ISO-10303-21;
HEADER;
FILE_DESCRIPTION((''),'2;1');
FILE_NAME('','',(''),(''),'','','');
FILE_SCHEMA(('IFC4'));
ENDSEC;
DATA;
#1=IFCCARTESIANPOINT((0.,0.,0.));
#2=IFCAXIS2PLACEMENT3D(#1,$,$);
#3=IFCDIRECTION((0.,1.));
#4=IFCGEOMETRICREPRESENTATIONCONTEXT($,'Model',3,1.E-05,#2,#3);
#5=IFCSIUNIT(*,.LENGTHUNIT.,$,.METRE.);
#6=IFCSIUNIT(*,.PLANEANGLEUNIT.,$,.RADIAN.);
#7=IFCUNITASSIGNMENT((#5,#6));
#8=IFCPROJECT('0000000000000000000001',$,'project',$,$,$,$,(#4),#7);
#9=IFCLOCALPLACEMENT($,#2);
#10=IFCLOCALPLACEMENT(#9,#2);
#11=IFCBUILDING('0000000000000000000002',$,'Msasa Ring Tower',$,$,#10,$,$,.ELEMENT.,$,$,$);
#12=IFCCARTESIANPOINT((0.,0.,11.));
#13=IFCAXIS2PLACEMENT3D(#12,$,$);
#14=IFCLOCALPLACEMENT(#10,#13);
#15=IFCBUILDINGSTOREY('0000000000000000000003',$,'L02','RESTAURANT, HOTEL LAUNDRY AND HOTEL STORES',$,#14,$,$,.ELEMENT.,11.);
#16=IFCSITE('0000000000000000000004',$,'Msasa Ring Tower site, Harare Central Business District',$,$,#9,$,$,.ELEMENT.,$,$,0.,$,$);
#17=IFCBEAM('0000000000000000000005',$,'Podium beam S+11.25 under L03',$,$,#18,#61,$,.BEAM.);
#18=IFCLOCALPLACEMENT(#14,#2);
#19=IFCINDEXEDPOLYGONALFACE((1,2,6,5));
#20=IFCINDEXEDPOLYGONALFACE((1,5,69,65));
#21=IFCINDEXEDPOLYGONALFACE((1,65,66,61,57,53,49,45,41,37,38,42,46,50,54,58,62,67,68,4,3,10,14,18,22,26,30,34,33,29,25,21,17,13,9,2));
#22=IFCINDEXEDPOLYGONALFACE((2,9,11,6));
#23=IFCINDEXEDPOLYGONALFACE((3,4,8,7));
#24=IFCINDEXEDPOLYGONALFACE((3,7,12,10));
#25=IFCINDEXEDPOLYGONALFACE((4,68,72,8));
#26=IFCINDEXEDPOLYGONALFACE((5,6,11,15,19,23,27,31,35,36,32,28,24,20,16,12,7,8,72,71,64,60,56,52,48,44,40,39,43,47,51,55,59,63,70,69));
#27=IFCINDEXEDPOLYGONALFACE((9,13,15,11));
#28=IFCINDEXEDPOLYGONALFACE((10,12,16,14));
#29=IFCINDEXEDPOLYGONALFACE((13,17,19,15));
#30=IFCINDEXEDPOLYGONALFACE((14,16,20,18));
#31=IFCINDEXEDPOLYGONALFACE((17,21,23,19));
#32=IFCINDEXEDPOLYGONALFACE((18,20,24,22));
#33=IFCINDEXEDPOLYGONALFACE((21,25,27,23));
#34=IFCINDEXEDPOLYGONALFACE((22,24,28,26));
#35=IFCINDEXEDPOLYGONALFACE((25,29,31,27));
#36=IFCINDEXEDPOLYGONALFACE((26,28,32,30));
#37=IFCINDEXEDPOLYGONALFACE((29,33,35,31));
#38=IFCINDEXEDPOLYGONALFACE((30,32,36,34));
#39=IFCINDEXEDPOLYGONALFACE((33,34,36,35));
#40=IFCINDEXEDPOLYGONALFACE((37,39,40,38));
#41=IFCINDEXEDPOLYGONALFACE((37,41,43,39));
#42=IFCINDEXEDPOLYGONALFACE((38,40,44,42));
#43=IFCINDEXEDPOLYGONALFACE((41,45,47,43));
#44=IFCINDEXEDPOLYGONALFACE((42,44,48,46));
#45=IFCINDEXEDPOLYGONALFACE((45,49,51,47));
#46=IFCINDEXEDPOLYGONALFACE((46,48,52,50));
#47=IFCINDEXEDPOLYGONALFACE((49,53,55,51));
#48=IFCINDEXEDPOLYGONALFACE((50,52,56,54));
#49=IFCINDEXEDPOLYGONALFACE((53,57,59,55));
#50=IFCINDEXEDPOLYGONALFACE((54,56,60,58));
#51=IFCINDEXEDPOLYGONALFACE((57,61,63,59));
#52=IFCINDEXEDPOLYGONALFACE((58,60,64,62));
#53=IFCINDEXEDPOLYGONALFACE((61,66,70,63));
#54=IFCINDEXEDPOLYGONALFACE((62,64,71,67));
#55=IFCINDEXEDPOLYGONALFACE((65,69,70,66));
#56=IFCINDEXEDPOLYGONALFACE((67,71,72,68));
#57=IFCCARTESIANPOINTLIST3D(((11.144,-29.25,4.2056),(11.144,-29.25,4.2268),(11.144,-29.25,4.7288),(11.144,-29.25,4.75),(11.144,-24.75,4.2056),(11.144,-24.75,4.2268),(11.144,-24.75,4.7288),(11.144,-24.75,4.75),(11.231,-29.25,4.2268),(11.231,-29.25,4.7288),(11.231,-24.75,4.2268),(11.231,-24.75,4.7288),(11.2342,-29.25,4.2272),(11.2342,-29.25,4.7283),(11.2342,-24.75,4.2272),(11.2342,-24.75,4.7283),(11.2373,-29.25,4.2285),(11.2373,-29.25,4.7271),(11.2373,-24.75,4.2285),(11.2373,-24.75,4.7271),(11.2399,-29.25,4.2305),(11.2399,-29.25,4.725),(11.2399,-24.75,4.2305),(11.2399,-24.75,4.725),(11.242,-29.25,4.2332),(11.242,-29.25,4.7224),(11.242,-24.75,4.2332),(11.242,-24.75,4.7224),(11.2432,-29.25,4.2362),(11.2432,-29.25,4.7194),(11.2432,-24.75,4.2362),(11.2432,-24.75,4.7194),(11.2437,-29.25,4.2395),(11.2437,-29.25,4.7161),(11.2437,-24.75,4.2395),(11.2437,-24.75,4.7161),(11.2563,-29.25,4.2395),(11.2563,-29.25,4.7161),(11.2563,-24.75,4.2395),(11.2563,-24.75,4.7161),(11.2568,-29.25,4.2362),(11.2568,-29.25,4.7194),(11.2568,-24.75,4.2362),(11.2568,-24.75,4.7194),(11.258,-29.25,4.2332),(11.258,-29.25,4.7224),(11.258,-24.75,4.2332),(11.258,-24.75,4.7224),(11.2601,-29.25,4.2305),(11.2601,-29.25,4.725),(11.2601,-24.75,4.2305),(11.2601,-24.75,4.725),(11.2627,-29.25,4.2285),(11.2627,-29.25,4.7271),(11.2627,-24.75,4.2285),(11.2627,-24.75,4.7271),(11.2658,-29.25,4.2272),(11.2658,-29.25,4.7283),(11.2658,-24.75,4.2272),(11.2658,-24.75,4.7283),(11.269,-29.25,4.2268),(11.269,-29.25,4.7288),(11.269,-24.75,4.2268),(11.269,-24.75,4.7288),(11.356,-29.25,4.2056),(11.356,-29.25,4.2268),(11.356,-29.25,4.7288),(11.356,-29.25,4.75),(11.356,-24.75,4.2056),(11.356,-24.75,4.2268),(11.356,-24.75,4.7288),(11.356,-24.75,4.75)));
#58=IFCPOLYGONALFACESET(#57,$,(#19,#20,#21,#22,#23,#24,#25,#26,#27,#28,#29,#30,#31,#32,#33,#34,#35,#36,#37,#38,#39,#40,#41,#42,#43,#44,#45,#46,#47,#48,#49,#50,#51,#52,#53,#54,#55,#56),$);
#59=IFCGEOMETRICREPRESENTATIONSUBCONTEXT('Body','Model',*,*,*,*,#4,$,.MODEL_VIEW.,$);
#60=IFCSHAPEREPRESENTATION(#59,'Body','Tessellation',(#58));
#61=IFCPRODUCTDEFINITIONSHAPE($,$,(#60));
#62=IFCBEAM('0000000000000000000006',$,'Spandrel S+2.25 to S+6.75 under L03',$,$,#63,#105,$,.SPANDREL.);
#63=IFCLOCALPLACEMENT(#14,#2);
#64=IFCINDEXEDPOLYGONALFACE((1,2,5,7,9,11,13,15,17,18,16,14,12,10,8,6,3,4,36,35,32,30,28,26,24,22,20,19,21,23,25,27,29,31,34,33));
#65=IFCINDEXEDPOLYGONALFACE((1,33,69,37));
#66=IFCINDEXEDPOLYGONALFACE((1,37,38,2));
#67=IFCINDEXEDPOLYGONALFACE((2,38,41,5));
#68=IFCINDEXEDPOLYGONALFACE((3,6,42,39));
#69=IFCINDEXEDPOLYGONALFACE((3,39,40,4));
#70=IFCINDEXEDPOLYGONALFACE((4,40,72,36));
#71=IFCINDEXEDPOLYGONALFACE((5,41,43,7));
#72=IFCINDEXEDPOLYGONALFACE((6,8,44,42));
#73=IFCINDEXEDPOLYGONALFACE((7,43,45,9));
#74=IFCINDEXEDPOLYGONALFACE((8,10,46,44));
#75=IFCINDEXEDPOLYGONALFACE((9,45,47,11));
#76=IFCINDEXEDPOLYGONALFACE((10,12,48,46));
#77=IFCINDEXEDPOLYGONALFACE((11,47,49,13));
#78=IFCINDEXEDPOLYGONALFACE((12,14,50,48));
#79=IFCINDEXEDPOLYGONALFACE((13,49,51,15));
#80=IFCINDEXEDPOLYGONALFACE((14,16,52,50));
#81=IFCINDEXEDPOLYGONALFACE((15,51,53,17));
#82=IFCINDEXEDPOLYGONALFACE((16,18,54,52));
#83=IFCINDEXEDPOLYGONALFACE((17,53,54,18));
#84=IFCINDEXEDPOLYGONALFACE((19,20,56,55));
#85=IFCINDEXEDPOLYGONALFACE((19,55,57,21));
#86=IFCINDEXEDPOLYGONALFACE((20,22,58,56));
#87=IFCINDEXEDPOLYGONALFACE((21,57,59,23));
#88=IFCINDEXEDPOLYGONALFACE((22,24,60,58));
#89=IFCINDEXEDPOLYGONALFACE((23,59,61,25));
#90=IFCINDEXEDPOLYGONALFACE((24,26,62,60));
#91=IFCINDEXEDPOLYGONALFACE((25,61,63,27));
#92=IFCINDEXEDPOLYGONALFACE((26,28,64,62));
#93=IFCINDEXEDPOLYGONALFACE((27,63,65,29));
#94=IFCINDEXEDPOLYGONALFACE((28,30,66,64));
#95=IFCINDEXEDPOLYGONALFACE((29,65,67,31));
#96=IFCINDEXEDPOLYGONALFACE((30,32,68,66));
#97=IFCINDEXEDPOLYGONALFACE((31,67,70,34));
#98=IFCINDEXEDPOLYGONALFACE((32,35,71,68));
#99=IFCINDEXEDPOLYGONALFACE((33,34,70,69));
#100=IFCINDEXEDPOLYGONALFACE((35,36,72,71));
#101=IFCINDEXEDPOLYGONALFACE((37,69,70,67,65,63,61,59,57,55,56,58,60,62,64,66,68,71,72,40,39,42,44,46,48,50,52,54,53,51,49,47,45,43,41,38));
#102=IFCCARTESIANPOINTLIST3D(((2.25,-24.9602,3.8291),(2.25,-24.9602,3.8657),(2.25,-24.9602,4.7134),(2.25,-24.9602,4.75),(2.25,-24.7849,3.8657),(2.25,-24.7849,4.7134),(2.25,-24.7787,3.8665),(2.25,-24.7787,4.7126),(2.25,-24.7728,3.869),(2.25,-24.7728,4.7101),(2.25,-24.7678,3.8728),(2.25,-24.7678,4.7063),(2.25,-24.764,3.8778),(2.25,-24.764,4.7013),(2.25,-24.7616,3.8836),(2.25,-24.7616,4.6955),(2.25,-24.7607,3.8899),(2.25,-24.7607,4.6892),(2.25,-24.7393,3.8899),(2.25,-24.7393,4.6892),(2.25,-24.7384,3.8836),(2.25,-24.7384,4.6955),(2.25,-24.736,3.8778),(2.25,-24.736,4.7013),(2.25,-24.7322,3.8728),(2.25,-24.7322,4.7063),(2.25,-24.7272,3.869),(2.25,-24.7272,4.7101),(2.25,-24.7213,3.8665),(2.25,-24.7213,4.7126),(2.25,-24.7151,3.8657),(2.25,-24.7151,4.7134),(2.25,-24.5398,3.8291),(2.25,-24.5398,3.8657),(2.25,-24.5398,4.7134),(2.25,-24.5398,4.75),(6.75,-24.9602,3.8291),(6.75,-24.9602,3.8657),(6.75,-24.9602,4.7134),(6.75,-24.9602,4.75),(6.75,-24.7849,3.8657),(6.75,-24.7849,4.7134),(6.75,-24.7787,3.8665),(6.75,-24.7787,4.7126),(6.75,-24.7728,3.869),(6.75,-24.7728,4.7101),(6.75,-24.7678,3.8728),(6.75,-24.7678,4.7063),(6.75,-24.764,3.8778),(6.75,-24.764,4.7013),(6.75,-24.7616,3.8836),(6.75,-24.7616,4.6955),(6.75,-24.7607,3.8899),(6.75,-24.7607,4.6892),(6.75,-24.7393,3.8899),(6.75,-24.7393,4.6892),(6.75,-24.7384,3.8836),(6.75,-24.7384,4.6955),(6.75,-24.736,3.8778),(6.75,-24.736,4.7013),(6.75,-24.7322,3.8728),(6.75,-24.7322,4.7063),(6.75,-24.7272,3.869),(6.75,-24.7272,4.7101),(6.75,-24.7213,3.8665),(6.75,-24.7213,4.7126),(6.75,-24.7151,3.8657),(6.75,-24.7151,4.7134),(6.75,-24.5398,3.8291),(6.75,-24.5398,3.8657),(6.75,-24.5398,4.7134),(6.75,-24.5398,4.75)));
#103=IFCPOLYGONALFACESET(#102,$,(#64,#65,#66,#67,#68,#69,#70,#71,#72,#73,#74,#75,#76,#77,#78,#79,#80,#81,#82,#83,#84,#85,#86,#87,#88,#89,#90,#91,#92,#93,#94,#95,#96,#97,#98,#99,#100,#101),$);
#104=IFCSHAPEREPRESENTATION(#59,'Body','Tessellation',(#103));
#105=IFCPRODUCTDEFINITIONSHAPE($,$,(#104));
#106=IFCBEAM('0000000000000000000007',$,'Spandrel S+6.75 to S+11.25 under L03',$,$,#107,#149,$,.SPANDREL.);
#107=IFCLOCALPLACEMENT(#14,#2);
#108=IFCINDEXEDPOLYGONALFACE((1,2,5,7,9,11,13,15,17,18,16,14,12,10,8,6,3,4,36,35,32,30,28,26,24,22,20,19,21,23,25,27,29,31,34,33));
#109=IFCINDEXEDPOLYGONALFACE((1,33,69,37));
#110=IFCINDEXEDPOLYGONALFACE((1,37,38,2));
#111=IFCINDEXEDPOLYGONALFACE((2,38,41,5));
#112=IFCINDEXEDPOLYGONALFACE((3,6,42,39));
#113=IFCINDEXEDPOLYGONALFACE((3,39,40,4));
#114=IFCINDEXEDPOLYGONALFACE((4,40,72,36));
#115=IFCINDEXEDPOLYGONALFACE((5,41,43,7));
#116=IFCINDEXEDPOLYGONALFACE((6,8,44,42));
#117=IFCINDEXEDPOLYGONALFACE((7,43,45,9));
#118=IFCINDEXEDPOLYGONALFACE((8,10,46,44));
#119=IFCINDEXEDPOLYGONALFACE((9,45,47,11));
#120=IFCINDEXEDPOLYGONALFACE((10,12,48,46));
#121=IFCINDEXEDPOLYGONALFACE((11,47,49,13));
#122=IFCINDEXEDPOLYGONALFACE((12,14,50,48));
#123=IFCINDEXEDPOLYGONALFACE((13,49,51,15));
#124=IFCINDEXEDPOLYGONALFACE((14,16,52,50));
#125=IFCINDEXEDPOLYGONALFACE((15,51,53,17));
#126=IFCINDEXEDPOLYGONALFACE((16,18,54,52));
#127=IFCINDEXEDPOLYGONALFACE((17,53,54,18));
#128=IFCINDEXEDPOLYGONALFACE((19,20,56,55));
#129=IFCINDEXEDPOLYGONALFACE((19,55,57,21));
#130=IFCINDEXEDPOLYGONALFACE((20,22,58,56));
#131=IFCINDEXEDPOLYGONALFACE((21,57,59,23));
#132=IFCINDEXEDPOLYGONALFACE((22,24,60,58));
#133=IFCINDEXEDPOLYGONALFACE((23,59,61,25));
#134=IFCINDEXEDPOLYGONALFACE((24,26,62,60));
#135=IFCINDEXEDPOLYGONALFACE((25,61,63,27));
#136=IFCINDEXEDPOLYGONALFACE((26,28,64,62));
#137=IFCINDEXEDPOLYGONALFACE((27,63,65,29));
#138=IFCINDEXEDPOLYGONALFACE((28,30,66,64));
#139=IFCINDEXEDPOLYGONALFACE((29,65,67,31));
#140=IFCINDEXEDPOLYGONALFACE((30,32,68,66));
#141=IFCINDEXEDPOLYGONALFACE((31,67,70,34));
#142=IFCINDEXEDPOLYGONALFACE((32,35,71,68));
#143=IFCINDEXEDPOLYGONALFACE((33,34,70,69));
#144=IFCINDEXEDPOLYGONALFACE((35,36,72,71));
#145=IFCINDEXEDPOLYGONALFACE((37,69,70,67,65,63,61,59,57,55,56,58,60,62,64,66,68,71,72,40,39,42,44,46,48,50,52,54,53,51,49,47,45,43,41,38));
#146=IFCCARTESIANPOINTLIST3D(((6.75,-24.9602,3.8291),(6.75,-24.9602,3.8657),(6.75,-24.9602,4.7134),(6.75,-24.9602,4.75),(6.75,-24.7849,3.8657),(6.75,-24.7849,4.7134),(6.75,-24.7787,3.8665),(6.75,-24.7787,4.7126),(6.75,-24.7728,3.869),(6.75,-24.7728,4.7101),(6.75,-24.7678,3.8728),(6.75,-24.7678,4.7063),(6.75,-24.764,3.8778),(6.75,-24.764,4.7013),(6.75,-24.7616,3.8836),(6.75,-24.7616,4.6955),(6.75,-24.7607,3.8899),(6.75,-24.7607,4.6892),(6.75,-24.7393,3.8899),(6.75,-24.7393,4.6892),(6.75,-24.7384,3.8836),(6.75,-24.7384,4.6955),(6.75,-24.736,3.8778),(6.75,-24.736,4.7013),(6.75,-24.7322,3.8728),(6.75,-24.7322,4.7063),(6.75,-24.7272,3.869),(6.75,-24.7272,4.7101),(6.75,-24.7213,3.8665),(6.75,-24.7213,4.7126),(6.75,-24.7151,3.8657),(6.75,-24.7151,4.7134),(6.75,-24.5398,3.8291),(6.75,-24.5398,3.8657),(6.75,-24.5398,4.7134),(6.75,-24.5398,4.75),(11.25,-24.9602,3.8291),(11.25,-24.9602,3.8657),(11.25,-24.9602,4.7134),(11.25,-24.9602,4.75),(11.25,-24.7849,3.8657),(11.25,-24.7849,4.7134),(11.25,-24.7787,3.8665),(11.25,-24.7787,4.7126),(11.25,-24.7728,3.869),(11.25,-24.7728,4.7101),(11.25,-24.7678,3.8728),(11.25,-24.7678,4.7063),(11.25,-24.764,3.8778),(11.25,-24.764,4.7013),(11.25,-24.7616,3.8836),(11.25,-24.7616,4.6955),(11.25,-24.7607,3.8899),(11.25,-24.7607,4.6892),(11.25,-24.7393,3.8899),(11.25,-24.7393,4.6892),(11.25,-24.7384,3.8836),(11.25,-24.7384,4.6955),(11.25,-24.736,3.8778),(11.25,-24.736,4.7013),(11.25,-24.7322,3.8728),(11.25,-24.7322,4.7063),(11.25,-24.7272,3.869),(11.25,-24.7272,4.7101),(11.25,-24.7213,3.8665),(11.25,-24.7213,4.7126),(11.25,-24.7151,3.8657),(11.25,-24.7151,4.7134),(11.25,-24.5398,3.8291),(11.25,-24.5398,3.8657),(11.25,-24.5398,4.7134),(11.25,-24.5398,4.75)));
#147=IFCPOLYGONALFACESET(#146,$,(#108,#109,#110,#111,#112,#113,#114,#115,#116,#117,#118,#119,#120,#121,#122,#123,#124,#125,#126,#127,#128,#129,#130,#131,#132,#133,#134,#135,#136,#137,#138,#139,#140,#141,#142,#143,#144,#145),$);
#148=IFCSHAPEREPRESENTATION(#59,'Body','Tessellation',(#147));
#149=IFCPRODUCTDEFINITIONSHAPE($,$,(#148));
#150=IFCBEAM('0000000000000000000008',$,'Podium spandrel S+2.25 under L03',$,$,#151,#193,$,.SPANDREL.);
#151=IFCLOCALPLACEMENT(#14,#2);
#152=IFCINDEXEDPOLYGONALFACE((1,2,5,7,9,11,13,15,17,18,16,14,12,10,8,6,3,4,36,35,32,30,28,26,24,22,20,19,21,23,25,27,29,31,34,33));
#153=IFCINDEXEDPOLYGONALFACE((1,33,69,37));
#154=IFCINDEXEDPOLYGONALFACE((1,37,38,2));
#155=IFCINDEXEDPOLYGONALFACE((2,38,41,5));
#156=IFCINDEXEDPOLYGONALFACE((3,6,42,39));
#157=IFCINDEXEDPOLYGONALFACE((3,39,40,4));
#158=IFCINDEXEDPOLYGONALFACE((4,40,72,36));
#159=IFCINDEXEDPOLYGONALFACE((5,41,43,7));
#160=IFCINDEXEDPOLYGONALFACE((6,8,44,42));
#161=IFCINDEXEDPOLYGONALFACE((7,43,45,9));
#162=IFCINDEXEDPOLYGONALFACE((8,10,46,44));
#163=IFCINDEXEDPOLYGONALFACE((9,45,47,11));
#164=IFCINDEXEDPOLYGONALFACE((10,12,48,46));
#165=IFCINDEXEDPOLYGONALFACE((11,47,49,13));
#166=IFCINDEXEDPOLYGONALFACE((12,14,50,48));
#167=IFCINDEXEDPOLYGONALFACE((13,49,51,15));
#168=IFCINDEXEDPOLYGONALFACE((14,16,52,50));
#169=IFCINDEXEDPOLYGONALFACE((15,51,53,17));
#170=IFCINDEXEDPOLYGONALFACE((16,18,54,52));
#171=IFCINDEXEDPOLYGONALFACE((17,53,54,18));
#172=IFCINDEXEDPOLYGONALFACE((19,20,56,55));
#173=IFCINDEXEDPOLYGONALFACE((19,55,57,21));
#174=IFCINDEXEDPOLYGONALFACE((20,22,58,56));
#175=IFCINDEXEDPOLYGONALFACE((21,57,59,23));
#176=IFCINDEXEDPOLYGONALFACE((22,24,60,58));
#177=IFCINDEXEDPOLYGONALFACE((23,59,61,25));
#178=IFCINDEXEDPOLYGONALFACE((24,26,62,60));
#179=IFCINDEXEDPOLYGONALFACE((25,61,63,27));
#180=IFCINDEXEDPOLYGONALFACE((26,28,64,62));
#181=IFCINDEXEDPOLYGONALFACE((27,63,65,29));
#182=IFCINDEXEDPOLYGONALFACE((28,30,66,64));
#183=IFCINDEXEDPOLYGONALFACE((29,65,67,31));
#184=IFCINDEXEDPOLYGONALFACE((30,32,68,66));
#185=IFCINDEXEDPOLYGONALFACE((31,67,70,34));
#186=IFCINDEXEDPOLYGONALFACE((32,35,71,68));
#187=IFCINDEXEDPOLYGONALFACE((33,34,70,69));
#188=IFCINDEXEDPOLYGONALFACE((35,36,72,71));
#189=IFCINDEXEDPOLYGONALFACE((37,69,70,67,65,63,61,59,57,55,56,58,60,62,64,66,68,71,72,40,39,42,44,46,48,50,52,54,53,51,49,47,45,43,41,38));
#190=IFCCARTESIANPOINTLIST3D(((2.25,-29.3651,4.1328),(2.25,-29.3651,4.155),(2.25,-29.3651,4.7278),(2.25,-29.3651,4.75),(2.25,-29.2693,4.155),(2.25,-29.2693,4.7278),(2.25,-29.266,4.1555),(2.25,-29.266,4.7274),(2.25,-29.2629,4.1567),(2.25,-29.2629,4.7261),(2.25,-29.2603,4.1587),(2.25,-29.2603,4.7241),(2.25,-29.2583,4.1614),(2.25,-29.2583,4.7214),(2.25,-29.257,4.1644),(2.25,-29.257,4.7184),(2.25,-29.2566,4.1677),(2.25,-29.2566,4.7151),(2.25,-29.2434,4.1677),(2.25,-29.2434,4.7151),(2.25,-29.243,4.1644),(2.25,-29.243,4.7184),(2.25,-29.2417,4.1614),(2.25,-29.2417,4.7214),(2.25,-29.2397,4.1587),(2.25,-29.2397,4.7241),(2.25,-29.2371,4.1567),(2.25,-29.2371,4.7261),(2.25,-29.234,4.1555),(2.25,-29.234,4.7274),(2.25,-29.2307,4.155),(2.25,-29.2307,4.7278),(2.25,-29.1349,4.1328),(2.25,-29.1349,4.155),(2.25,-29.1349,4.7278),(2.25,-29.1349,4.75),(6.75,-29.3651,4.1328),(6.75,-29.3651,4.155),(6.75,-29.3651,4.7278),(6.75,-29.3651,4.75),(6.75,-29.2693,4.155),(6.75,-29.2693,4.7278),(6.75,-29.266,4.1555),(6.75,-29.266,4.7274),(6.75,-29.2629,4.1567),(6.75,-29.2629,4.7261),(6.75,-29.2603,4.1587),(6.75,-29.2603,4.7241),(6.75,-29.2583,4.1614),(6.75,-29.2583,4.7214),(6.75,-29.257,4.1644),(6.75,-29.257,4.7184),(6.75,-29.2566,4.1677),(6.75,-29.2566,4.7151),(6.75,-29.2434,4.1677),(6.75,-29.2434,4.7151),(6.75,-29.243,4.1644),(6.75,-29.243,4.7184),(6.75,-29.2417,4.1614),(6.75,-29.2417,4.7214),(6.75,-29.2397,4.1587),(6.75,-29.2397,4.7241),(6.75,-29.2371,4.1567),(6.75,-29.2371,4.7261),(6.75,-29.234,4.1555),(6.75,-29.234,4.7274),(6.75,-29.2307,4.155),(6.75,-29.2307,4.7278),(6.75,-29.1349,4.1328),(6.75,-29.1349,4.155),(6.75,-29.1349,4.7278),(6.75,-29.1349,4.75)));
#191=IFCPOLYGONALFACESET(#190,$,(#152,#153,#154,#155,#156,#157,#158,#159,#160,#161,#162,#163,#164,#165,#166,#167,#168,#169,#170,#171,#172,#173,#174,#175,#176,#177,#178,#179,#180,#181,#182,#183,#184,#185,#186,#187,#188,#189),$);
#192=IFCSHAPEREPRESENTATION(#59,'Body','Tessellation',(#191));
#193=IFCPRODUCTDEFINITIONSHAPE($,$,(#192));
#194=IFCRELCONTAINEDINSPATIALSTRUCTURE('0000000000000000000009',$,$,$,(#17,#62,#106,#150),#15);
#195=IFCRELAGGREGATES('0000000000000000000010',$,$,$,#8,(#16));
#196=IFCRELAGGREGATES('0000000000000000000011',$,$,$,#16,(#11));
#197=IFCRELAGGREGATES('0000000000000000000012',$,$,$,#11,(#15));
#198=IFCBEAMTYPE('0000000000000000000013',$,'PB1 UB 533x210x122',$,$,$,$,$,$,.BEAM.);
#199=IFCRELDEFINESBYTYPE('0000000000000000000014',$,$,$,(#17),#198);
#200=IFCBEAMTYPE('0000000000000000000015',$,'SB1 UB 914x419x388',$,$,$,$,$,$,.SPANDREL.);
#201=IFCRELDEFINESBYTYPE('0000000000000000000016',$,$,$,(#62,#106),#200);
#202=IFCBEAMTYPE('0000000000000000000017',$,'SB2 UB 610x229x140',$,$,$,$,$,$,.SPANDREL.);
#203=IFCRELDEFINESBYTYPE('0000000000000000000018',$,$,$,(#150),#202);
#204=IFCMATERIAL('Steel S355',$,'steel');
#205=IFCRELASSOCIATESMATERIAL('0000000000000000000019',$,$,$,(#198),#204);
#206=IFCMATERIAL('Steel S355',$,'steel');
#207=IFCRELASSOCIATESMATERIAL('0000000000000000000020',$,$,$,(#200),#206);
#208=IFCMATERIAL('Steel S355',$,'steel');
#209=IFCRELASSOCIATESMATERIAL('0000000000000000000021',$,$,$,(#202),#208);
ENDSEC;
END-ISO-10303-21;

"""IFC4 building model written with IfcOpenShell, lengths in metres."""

from ifc_helpers import new_model, si_unit, direction, frame, origin, origin_2d, place, context, subcontext, project, spatial, i_section, extrude, material, material_profile, profile_set, type_object, element, save


model = new_model("IFC4")

# Units and contexts
model_context = context("Model", 3, precision=1e-05, world=origin(), true_north=direction((0.0, 1.0)))
body_context = subcontext(model_context, "Body", "Model", "MODEL_VIEW")
ifc_project = project(units=[si_unit("LENGTHUNIT", "METRE"), si_unit("PLANEANGLEUNIT", "RADIAN")], contexts=[model_context])

# Site, building, storey
site_placement = place(None, origin())
site = spatial("IfcSite", under=ifc_project, at=site_placement, Name="Msasa Ring Tower site, Harare Central Business District", CompositionType="ELEMENT", RefElevation=0.0)
building_placement = place(site_placement, origin())
building = spatial("IfcBuilding", under=site, at=building_placement, Name="Msasa Ring Tower", CompositionType="ELEMENT")
storey_placement = place(building_placement, frame((0.0, 0.0, 11.0)))
storey = spatial("IfcBuildingStorey", under=building, at=storey_placement, Name="L02", Description="RESTAURANT, HOTEL LAUNDRY AND HOTEL STORES", CompositionType="ELEMENT", Elevation=11.0)

# Beams
ifc_material_1 = material(Name="Steel S355", Category="steel")
ifc_material_profile_1 = material_profile(ifc_material_1, i_section(OverallWidth=0.2119, OverallDepth=0.5444, WebThickness=0.0127, FlangeThickness=0.0212, FilletRadius=0.0127, at=origin_2d()), Name="UB 533x210x122")
ifc_profile_set_1 = profile_set([ifc_material_profile_1], Name="Steel S355")
beam_type_1 = type_object("IfcBeamType", Name="PB1 UB 533x210x122", PredefinedType="BEAM", material=ifc_profile_set_1)
for number, where, z_axis, x_axis, name in (
    (1, (11.25, -29.25, 4.4778), (0.0, 1.0, 0.0), (-1.0, 0.0, 0.0), "Podium beam S+11.25 under L03"),
):
    element("IfcBeam", number, at=place(storey_placement, frame(where, z_axis=z_axis, x_axis=x_axis)), inside=storey, type_object=beam_type_1, Name=name, PredefinedType="BEAM", context=body_context, shape_type="SweptSolid", body=[
        extrude(i_section(OverallWidth=0.2119, OverallDepth=0.5444, WebThickness=0.0127, FlangeThickness=0.0212, FilletRadius=0.0127, at=origin_2d()), origin(), (0.0, 0.0, 1.0), 4.5),
    ])
ifc_material_2 = material(Name="Steel S355", Category="steel")
ifc_material_profile_2 = material_profile(ifc_material_2, i_section(OverallWidth=0.4204, OverallDepth=0.9209, WebThickness=0.0215, FlangeThickness=0.0366, FilletRadius=0.0242, at=origin_2d()), Name="UB 914x419x388")
ifc_profile_set_2 = profile_set([ifc_material_profile_2], Name="Steel S355")
beam_type_2 = type_object("IfcBeamType", Name="SB1 UB 914x419x388", PredefinedType="SPANDREL", material=ifc_profile_set_2)
for number, where, z_axis, x_axis, name in (
    (2, (2.25, -24.75, 4.2896), (1.0, 0.0, 0.0), (0.0, 1.0, 0.0), "Spandrel S+2.25 to S+6.75 under L03"),
    (3, (6.75, -24.75, 4.2896), (1.0, 0.0, 0.0), (0.0, 1.0, 0.0), "Spandrel S+6.75 to S+11.25 under L03"),
):
    element("IfcBeam", number, at=place(storey_placement, frame(where, z_axis=z_axis, x_axis=x_axis)), inside=storey, type_object=beam_type_2, Name=name, PredefinedType="SPANDREL", context=body_context, shape_type="SweptSolid", body=[
        extrude(i_section(OverallWidth=0.4204, OverallDepth=0.9209, WebThickness=0.0215, FlangeThickness=0.0366, FilletRadius=0.0242, at=origin_2d()), origin(), (0.0, 0.0, 1.0), 4.5),
    ])
ifc_material_3 = material(Name="Steel S355", Category="steel")
ifc_material_profile_3 = material_profile(ifc_material_3, i_section(OverallWidth=0.2302, OverallDepth=0.6172, WebThickness=0.0132, FlangeThickness=0.0222, FilletRadius=0.0127, at=origin_2d()), Name="UB 610x229x140")
ifc_profile_set_3 = profile_set([ifc_material_profile_3], Name="Steel S355")
beam_type_3 = type_object("IfcBeamType", Name="SB2 UB 610x229x140", PredefinedType="SPANDREL", material=ifc_profile_set_3)
for number, where, z_axis, x_axis, name in (
    (4, (2.25, -29.25, 4.4414), (1.0, 0.0, 0.0), (0.0, 1.0, 0.0), "Podium spandrel S+2.25 under L03"),
):
    element("IfcBeam", number, at=place(storey_placement, frame(where, z_axis=z_axis, x_axis=x_axis)), inside=storey, type_object=beam_type_3, Name=name, PredefinedType="SPANDREL", context=body_context, shape_type="SweptSolid", body=[
        extrude(i_section(OverallWidth=0.2302, OverallDepth=0.6172, WebThickness=0.0132, FlangeThickness=0.0222, FilletRadius=0.0127, at=origin_2d()), origin(), (0.0, 0.0, 1.0), 4.5),
    ])

save(model, "model.ifc")
